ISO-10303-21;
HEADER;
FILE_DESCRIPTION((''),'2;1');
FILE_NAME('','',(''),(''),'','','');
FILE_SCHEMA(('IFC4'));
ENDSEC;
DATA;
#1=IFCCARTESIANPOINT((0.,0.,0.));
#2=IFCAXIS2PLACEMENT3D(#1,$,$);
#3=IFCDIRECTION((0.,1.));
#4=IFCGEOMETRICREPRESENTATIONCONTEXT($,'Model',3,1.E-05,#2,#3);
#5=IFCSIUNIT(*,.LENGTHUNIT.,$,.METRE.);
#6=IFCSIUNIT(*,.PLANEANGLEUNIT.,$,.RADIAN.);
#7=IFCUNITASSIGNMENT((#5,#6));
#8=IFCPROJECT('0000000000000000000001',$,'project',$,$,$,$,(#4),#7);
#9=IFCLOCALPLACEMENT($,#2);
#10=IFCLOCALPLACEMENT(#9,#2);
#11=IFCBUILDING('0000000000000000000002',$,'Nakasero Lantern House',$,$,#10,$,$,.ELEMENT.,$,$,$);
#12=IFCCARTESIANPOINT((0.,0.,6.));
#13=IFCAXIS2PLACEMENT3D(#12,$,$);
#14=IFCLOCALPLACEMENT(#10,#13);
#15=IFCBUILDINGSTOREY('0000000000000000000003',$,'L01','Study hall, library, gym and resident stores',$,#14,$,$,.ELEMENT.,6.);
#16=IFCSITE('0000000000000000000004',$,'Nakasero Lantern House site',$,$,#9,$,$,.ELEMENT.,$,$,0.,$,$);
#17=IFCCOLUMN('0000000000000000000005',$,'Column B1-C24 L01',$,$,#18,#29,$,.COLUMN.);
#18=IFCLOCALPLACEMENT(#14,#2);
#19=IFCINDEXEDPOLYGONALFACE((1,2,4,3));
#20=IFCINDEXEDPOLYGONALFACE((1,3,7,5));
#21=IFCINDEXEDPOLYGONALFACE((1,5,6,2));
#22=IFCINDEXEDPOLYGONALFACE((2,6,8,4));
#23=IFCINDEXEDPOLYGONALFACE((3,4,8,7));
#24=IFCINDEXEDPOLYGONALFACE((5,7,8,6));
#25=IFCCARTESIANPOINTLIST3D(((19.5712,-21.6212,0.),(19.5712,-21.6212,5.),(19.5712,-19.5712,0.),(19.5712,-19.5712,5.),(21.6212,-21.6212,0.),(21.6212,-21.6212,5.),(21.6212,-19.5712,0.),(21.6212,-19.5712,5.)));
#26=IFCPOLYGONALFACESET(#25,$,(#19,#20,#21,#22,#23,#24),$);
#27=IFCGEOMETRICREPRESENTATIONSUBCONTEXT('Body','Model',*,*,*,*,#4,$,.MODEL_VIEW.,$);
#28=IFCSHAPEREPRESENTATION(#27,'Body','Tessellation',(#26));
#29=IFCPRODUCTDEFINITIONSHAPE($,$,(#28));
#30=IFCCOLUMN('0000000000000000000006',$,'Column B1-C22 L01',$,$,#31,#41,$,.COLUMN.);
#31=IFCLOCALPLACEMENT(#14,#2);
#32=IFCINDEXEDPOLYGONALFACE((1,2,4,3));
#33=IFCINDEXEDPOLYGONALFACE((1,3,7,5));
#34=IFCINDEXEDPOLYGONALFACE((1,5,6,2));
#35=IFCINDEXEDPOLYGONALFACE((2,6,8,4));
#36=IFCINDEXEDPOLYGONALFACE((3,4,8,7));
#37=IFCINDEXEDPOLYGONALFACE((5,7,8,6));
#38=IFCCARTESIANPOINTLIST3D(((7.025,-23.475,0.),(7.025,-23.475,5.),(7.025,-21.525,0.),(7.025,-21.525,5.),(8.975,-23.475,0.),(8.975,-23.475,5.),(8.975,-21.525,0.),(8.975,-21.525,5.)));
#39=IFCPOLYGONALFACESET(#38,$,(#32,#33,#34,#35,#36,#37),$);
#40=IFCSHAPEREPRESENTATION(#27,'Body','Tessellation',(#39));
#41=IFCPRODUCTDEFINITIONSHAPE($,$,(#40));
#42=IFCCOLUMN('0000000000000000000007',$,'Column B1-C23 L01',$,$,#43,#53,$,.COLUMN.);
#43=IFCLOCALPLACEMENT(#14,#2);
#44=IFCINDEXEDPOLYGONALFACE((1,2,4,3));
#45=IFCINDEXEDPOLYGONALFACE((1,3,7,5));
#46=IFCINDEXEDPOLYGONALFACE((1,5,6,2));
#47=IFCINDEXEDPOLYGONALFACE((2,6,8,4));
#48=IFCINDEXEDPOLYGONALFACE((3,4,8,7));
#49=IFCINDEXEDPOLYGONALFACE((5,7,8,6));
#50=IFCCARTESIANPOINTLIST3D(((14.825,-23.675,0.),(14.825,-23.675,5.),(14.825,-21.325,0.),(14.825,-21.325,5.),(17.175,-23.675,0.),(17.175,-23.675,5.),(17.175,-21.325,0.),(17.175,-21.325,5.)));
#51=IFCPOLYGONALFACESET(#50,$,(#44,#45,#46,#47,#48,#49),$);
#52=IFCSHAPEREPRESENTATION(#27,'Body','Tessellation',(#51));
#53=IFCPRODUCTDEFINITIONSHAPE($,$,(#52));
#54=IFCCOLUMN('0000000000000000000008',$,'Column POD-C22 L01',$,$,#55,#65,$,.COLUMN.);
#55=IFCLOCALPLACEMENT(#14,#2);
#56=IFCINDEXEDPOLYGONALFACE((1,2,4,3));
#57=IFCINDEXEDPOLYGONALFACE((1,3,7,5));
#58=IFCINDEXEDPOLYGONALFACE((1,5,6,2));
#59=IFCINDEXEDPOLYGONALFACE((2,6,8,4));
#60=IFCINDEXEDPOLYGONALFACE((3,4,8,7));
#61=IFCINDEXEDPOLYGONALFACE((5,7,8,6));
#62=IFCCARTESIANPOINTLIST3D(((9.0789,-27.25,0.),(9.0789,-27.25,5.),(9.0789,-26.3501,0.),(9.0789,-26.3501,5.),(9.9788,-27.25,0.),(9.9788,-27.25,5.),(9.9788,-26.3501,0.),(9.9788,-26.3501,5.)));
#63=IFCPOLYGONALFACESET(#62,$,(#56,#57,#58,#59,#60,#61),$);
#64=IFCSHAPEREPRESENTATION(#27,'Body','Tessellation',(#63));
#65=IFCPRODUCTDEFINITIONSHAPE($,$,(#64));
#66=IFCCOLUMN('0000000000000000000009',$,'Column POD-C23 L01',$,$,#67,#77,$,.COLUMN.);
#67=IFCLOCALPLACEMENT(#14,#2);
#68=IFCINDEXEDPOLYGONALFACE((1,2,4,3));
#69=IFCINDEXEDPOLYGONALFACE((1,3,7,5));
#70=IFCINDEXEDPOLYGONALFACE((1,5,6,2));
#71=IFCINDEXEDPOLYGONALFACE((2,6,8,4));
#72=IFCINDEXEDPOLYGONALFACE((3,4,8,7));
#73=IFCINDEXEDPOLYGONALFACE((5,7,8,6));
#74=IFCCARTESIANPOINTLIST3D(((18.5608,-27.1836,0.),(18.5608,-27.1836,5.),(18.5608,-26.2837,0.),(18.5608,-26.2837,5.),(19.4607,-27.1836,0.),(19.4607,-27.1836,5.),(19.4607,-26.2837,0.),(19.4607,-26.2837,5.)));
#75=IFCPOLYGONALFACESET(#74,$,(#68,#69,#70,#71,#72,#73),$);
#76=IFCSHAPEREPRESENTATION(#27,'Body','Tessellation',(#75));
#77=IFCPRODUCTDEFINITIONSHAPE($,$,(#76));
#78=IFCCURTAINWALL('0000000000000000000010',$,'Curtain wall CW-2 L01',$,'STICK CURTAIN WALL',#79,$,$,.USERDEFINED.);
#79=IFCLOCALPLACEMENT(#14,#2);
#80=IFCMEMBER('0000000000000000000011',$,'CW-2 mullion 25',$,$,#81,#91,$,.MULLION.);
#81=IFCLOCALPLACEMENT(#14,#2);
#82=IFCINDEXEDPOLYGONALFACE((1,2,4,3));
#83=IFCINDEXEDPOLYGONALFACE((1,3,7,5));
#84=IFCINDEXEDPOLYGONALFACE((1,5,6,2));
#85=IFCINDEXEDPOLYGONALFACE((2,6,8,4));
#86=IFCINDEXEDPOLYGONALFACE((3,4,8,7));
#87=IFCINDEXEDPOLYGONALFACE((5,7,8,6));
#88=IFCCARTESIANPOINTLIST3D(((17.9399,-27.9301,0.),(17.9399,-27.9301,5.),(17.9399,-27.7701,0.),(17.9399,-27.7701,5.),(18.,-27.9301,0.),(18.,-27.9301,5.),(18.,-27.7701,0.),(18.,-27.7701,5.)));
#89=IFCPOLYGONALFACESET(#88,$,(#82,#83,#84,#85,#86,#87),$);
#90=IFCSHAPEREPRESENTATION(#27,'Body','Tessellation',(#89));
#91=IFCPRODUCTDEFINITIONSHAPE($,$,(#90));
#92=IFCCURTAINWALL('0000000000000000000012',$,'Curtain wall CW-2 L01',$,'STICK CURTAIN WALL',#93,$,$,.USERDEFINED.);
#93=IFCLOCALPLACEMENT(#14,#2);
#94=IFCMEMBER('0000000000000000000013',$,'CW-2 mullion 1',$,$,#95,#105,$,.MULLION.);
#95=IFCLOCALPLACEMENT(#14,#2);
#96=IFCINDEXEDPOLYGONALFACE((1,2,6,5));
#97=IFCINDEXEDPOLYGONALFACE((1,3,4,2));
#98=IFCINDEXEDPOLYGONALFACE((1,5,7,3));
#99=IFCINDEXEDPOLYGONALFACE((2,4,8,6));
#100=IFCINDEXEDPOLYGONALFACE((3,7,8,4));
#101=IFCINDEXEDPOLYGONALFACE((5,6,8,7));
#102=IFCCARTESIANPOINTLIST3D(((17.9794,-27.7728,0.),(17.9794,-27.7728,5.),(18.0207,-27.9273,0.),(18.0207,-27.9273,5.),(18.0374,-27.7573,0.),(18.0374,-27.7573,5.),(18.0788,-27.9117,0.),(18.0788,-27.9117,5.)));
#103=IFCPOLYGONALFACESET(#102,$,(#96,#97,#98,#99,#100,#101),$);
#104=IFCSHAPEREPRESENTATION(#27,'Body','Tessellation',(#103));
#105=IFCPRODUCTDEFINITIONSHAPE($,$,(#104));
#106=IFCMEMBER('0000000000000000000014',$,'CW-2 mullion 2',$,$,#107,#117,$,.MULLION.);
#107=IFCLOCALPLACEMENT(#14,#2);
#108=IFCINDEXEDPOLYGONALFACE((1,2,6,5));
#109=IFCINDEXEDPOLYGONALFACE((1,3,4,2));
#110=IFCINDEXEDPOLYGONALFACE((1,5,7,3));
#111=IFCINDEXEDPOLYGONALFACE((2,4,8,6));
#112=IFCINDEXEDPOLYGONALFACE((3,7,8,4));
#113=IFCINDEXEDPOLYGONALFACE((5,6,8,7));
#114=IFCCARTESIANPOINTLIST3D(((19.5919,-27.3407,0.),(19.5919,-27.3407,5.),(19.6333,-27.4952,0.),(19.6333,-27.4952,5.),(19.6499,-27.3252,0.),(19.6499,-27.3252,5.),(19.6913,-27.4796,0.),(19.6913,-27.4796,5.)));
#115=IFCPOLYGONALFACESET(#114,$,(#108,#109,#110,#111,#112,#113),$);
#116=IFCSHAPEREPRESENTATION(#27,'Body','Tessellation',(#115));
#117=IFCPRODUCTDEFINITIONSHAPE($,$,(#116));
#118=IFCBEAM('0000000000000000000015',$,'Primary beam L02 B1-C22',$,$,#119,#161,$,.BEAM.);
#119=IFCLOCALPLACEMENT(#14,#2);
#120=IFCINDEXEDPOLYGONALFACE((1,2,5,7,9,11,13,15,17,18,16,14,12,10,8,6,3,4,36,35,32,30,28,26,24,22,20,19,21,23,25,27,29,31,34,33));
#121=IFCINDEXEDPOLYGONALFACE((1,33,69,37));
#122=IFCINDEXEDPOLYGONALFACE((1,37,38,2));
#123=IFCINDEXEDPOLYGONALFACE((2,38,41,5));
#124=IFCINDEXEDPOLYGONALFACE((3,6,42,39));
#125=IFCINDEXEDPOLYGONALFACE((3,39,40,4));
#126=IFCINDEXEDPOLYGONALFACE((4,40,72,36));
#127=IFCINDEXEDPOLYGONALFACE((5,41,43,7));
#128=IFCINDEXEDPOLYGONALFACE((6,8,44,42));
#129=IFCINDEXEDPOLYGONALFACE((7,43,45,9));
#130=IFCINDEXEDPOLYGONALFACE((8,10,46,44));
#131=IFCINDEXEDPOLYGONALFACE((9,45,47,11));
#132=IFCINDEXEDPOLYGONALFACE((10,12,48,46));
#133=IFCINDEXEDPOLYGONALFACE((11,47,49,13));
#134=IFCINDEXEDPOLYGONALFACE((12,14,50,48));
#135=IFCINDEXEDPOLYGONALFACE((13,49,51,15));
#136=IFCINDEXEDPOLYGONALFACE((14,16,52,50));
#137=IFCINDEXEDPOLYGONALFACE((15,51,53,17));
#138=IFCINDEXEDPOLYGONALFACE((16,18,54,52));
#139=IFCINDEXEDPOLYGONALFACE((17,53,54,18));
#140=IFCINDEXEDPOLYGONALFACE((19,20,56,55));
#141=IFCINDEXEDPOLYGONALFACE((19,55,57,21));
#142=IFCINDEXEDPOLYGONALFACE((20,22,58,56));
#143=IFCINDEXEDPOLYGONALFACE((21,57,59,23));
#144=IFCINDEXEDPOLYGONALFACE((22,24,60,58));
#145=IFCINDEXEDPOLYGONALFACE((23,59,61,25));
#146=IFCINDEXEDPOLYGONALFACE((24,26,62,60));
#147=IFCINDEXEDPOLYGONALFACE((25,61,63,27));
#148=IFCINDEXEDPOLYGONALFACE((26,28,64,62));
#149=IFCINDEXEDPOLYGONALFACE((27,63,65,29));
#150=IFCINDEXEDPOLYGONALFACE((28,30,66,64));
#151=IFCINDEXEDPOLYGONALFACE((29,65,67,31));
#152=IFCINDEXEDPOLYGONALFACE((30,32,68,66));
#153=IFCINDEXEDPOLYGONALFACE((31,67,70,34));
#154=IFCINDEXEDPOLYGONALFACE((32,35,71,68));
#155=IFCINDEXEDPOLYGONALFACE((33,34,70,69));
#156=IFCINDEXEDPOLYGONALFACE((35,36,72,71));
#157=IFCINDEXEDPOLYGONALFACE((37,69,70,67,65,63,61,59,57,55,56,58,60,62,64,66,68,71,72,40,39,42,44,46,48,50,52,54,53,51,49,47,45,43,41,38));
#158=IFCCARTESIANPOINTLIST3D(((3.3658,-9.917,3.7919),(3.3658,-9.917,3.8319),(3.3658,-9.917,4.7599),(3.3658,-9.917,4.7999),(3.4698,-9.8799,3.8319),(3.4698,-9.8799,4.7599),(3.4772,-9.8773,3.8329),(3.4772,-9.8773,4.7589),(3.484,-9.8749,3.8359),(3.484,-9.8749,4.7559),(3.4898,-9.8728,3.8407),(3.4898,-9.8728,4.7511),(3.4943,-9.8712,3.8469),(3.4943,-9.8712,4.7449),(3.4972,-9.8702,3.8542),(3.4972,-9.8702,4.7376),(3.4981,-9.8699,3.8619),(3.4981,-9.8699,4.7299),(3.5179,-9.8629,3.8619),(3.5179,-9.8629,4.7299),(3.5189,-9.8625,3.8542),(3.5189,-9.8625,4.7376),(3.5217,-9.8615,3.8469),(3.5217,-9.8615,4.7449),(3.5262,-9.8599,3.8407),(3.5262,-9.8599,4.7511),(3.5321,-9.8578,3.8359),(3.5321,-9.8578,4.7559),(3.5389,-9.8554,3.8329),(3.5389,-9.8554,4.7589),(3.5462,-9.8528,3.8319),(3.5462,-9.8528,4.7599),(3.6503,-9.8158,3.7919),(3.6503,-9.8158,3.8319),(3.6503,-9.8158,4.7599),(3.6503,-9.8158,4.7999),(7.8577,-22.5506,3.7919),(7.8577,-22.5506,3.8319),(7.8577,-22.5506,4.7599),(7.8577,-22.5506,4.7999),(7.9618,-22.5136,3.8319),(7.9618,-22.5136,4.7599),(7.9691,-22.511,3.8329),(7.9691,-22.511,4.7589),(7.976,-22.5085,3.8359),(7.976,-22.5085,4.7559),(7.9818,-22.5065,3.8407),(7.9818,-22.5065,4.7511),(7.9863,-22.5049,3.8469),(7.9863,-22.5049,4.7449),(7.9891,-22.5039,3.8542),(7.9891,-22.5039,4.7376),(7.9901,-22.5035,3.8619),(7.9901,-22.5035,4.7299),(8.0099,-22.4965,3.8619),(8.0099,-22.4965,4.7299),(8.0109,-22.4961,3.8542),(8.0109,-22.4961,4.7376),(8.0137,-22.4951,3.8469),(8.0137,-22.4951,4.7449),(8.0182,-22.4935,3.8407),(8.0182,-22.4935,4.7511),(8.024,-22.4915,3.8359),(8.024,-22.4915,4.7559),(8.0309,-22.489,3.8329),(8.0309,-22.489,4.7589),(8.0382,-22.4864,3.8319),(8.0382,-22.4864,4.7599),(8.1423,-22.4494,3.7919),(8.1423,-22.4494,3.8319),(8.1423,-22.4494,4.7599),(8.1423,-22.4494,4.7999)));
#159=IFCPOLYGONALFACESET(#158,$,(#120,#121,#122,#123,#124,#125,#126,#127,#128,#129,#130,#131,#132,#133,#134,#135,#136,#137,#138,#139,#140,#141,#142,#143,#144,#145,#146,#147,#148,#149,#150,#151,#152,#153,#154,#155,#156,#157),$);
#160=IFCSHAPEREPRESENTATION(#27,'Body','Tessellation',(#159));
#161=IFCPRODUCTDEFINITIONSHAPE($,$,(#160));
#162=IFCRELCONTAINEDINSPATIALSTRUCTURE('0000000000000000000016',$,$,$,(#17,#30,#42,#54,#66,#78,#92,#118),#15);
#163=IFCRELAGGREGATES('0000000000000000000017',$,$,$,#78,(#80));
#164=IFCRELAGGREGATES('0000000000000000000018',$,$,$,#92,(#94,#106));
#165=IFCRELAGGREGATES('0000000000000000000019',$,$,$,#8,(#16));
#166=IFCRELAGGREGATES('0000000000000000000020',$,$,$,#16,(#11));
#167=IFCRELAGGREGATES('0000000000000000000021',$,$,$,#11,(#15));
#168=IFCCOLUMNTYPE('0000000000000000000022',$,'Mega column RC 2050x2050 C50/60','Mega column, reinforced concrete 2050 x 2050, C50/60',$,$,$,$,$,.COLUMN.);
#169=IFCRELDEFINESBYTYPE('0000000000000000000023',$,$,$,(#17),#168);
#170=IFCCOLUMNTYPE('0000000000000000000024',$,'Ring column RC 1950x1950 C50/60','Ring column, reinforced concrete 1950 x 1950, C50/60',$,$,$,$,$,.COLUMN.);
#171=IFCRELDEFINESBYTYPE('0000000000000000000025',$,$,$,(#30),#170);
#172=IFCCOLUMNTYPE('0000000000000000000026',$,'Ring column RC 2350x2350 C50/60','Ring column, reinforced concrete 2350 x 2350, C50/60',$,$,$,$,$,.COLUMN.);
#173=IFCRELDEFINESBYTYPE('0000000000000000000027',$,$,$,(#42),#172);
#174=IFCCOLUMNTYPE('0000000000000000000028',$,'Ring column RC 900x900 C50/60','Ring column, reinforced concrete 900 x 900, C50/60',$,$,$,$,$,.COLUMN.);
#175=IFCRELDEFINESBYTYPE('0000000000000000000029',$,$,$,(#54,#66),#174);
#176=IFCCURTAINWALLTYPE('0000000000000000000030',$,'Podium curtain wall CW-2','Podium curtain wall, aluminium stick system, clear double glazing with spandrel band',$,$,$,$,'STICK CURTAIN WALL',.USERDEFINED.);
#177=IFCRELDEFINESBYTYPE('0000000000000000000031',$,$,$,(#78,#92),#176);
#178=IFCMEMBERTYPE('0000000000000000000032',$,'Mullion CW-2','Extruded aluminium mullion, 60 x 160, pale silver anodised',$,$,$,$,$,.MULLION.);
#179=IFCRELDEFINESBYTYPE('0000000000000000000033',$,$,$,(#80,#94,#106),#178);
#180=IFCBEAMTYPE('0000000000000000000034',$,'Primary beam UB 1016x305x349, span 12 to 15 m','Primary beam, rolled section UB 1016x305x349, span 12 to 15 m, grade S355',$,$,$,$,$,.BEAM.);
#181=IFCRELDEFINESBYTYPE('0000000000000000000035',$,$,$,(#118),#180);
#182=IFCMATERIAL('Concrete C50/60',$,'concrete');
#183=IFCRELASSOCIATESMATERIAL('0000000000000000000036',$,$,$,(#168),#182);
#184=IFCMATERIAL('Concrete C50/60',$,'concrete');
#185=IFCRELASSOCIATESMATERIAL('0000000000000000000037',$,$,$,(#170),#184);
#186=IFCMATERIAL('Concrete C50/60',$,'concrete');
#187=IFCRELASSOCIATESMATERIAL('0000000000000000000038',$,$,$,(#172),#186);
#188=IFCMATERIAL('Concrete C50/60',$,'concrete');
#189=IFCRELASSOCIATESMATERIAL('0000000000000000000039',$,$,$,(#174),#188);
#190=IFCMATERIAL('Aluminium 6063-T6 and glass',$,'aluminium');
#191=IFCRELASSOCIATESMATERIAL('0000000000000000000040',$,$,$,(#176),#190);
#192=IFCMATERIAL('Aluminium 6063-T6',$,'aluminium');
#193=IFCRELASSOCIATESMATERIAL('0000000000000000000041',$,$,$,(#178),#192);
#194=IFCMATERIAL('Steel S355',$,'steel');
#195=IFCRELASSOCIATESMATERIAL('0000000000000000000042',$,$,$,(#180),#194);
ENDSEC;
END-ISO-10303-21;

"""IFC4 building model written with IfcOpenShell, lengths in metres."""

from ifc_helpers import new_model, si_unit, direction, frame, origin, origin_2d, place, context, subcontext, project, spatial, rectangle, i_section, extrude, material, material_profile, profile_set, type_object, element, aggregate, save


model = new_model("IFC4")

# Units and contexts
model_context = context("Model", 3, precision=1e-05, world=origin(), true_north=direction((0.0, 1.0)))
body_context = subcontext(model_context, "Body", "Model", "MODEL_VIEW")
ifc_project = project(units=[si_unit("LENGTHUNIT", "METRE"), si_unit("PLANEANGLEUNIT", "RADIAN")], contexts=[model_context])

# Site, building, storey
site_placement = place(None, origin())
site = spatial("IfcSite", under=ifc_project, at=site_placement, Name="Nakasero Lantern House site", CompositionType="ELEMENT", RefElevation=0.0)
building_placement = place(site_placement, origin())
building = spatial("IfcBuilding", under=site, at=building_placement, Name="Nakasero Lantern House", CompositionType="ELEMENT")
storey_placement = place(building_placement, frame((0.0, 0.0, 6.0)))
storey = spatial("IfcBuildingStorey", under=building, at=storey_placement, Name="L01", Description="Study hall, library, gym and resident stores", CompositionType="ELEMENT", Elevation=6.0)

# Columns
ifc_material_1 = material(Name="Concrete C50/60", Category="concrete")
ifc_material_profile_1 = material_profile(ifc_material_1, rectangle(XDim=2.05, YDim=2.05, at=origin_2d()), Name="RC 2050x2050")
ifc_profile_set_1 = profile_set([ifc_material_profile_1], Name="Concrete C50/60")
column_type_1 = type_object("IfcColumnType", Name="Mega column RC 2050x2050 C50/60", Description="Mega column, reinforced concrete 2050 x 2050, C50/60", PredefinedType="COLUMN", material=ifc_profile_set_1)
column_1_placement = place(storey_placement, frame((20.5962, -20.5962, 0.0), z_axis=(0.0, 0.0, 1.0), x_axis=(1.0, 0.0, 0.0)))
element("IfcColumn", 1, at=column_1_placement, inside=storey, type_object=column_type_1, Name="Column B1-C24 L01", PredefinedType="COLUMN", context=body_context, shape_type="SweptSolid", body=[
    extrude(rectangle(XDim=2.05, YDim=2.05, at=origin_2d()), origin(), (0.0, 0.0, 1.0), 5.0),
])
ifc_material_2 = material(Name="Concrete C50/60", Category="concrete")
ifc_material_profile_2 = material_profile(ifc_material_2, rectangle(XDim=1.95, YDim=1.95, at=origin_2d()), Name="RC 1950x1950")
ifc_profile_set_2 = profile_set([ifc_material_profile_2], Name="Concrete C50/60")
column_type_2 = type_object("IfcColumnType", Name="Ring column RC 1950x1950 C50/60", Description="Ring column, reinforced concrete 1950 x 1950, C50/60", PredefinedType="COLUMN", material=ifc_profile_set_2)
column_2_placement = place(storey_placement, frame((8.0, -22.5, 0.0), z_axis=(0.0, 0.0, 1.0), x_axis=(1.0, 0.0, 0.0)))
element("IfcColumn", 2, at=column_2_placement, inside=storey, type_object=column_type_2, Name="Column B1-C22 L01", PredefinedType="COLUMN", context=body_context, shape_type="SweptSolid", body=[
    extrude(rectangle(XDim=1.95, YDim=1.95, at=origin_2d()), origin(), (0.0, 0.0, 1.0), 5.0),
])
ifc_material_3 = material(Name="Concrete C50/60", Category="concrete")
ifc_material_profile_3 = material_profile(ifc_material_3, rectangle(XDim=2.3501, YDim=2.3501, at=origin_2d()), Name="RC 2350x2350")
ifc_profile_set_3 = profile_set([ifc_material_profile_3], Name="Concrete C50/60")
column_type_3 = type_object("IfcColumnType", Name="Ring column RC 2350x2350 C50/60", Description="Ring column, reinforced concrete 2350 x 2350, C50/60", PredefinedType="COLUMN", material=ifc_profile_set_3)
column_3_placement = place(storey_placement, frame((16.0, -22.5, 0.0), z_axis=(0.0, 0.0, 1.0), x_axis=(1.0, 0.0, 0.0)))
element("IfcColumn", 3, at=column_3_placement, inside=storey, type_object=column_type_3, Name="Column B1-C23 L01", PredefinedType="COLUMN", context=body_context, shape_type="SweptSolid", body=[
    extrude(rectangle(XDim=2.3501, YDim=2.3501, at=origin_2d()), origin(), (0.0, 0.0, 1.0), 5.0),
])
ifc_material_4 = material(Name="Concrete C50/60", Category="concrete")
ifc_material_profile_4 = material_profile(ifc_material_4, rectangle(XDim=0.8999, YDim=0.8999, at=origin_2d()), Name="RC 900x900")
ifc_profile_set_4 = profile_set([ifc_material_profile_4], Name="Concrete C50/60")
column_type_4 = type_object("IfcColumnType", Name="Ring column RC 900x900 C50/60", Description="Ring column, reinforced concrete 900 x 900, C50/60", PredefinedType="COLUMN", material=ifc_profile_set_4)
for number, where, z_axis, x_axis, name in (
    (4, (9.5288, -26.8, 0.0), (0.0, 0.0, 1.0), (1.0, 0.0, 0.0), "Column POD-C22 L01"),
    (5, (19.0107, -26.7336, 0.0), (0.0, 0.0, 1.0), (1.0, 0.0, 0.0), "Column POD-C23 L01"),
):
    element("IfcColumn", number, at=place(storey_placement, frame(where, z_axis=z_axis, x_axis=x_axis)), inside=storey, type_object=column_type_4, Name=name, PredefinedType="COLUMN", context=body_context, shape_type="SweptSolid", body=[
        extrude(rectangle(XDim=0.8999, YDim=0.8999, at=origin_2d()), origin(), (0.0, 0.0, 1.0), 5.0),
    ])

# Curtain wall, member
ifc_material_5 = material(Name="Aluminium 6063-T6 and glass", Category="aluminium")
curtain_wall_type = type_object("IfcCurtainWallType", Name="Podium curtain wall CW-2", Description="Podium curtain wall, aluminium stick system, clear double glazing with spandrel band", ElementType="STICK CURTAIN WALL", PredefinedType="USERDEFINED", material=ifc_material_5)
curtain_wall_1_placement = place(storey_placement, origin())
curtain_wall_1 = element("IfcCurtainWall", 6, at=curtain_wall_1_placement, inside=storey, type_object=curtain_wall_type, Name="Curtain wall CW-2 L01", ObjectType="STICK CURTAIN WALL", PredefinedType="USERDEFINED")
ifc_material_6 = material(Name="Aluminium 6063-T6", Category="aluminium")
ifc_material_profile_5 = material_profile(ifc_material_6, rectangle(XDim=0.0601, YDim=0.1599, at=origin_2d()), Name="CW-2 mullion 60x160")
ifc_profile_set_5 = profile_set([ifc_material_profile_5], Name="Aluminium 6063-T6")
member_type_1 = type_object("IfcMemberType", Name="Mullion CW-2", Description="Extruded aluminium mullion, 60 x 160, pale silver anodised", PredefinedType="MULLION", material=ifc_profile_set_5)
member_1_placement = place(storey_placement, frame((17.97, -27.8501, 0.0), z_axis=(0.0, 0.0, 1.0), x_axis=(1.0, 0.0, 0.0)))
member_1 = element("IfcMember", 7, at=member_1_placement, type_object=member_type_1, Name="CW-2 mullion 25", PredefinedType="MULLION", context=body_context, shape_type="SweptSolid", body=[
    extrude(rectangle(XDim=0.0601, YDim=0.1599, at=origin_2d()), origin(), (0.0, 0.0, 1.0), 5.0),
])

# Curtain wall, members
curtain_wall_2_placement = place(storey_placement, origin())
curtain_wall_2 = element("IfcCurtainWall", 8, at=curtain_wall_2_placement, inside=storey, type_object=curtain_wall_type, Name="Curtain wall CW-2 L01", ObjectType="STICK CURTAIN WALL", PredefinedType="USERDEFINED")
member_2_placement = place(storey_placement, frame((18.0291, -27.8423, 0.0), z_axis=(0.0, 0.0, 1.0), x_axis=(0.965926, 0.258819, 0.0)))
member_2 = element("IfcMember", 9, at=member_2_placement, type_object=member_type_1, Name="CW-2 mullion 1", PredefinedType="MULLION", context=body_context, shape_type="SweptSolid", body=[
    extrude(rectangle(XDim=0.0601, YDim=0.1599, at=origin_2d()), origin(), (0.0, 0.0, 1.0), 5.0),
])
member_3_placement = place(storey_placement, frame((19.6416, -27.4102, 0.0), z_axis=(0.0, 0.0, 1.0), x_axis=(0.965926, 0.258819, 0.0)))
member_3 = element("IfcMember", 10, at=member_3_placement, type_object=member_type_1, Name="CW-2 mullion 2", PredefinedType="MULLION", context=body_context, shape_type="SweptSolid", body=[
    extrude(rectangle(XDim=0.0601, YDim=0.1599, at=origin_2d()), origin(), (0.0, 0.0, 1.0), 5.0),
])

# Beam
ifc_material_7 = material(Name="Steel S355", Category="steel")
ifc_material_profile_6 = material_profile(ifc_material_7, i_section(OverallWidth=0.302, OverallDepth=1.0081, WebThickness=0.021, FlangeThickness=0.04, FilletRadius=0.03, at=origin_2d()), Name="UB 1016x305x349")
ifc_profile_set_6 = profile_set([ifc_material_profile_6], Name="Steel S355")
beam_type_1 = type_object("IfcBeamType", Name="Primary beam UB 1016x305x349, span 12 to 15 m", Description="Primary beam, rolled section UB 1016x305x349, span 12 to 15 m, grade S355", PredefinedType="BEAM", material=ifc_profile_set_6)
beam_1_placement = place(storey_placement, frame((8.0, -22.5, 4.2959), z_axis=(-0.335011, 0.942214, 0.0), x_axis=(-0.942214, -0.335011, 0.0)))
element("IfcBeam", 11, at=beam_1_placement, inside=storey, type_object=beam_type_1, Name="Primary beam L02 B1-C22", PredefinedType="BEAM", context=body_context, shape_type="SweptSolid", body=[
    extrude(i_section(OverallWidth=0.302, OverallDepth=1.0081, WebThickness=0.021, FlangeThickness=0.04, FilletRadius=0.03, at=origin_2d()), origin(), (0.0, 0.0, 1.0), 13.4084),
])

aggregate(curtain_wall_1, [member_1])
aggregate(curtain_wall_2, [member_2, member_3])

save(model, "model.ifc")
